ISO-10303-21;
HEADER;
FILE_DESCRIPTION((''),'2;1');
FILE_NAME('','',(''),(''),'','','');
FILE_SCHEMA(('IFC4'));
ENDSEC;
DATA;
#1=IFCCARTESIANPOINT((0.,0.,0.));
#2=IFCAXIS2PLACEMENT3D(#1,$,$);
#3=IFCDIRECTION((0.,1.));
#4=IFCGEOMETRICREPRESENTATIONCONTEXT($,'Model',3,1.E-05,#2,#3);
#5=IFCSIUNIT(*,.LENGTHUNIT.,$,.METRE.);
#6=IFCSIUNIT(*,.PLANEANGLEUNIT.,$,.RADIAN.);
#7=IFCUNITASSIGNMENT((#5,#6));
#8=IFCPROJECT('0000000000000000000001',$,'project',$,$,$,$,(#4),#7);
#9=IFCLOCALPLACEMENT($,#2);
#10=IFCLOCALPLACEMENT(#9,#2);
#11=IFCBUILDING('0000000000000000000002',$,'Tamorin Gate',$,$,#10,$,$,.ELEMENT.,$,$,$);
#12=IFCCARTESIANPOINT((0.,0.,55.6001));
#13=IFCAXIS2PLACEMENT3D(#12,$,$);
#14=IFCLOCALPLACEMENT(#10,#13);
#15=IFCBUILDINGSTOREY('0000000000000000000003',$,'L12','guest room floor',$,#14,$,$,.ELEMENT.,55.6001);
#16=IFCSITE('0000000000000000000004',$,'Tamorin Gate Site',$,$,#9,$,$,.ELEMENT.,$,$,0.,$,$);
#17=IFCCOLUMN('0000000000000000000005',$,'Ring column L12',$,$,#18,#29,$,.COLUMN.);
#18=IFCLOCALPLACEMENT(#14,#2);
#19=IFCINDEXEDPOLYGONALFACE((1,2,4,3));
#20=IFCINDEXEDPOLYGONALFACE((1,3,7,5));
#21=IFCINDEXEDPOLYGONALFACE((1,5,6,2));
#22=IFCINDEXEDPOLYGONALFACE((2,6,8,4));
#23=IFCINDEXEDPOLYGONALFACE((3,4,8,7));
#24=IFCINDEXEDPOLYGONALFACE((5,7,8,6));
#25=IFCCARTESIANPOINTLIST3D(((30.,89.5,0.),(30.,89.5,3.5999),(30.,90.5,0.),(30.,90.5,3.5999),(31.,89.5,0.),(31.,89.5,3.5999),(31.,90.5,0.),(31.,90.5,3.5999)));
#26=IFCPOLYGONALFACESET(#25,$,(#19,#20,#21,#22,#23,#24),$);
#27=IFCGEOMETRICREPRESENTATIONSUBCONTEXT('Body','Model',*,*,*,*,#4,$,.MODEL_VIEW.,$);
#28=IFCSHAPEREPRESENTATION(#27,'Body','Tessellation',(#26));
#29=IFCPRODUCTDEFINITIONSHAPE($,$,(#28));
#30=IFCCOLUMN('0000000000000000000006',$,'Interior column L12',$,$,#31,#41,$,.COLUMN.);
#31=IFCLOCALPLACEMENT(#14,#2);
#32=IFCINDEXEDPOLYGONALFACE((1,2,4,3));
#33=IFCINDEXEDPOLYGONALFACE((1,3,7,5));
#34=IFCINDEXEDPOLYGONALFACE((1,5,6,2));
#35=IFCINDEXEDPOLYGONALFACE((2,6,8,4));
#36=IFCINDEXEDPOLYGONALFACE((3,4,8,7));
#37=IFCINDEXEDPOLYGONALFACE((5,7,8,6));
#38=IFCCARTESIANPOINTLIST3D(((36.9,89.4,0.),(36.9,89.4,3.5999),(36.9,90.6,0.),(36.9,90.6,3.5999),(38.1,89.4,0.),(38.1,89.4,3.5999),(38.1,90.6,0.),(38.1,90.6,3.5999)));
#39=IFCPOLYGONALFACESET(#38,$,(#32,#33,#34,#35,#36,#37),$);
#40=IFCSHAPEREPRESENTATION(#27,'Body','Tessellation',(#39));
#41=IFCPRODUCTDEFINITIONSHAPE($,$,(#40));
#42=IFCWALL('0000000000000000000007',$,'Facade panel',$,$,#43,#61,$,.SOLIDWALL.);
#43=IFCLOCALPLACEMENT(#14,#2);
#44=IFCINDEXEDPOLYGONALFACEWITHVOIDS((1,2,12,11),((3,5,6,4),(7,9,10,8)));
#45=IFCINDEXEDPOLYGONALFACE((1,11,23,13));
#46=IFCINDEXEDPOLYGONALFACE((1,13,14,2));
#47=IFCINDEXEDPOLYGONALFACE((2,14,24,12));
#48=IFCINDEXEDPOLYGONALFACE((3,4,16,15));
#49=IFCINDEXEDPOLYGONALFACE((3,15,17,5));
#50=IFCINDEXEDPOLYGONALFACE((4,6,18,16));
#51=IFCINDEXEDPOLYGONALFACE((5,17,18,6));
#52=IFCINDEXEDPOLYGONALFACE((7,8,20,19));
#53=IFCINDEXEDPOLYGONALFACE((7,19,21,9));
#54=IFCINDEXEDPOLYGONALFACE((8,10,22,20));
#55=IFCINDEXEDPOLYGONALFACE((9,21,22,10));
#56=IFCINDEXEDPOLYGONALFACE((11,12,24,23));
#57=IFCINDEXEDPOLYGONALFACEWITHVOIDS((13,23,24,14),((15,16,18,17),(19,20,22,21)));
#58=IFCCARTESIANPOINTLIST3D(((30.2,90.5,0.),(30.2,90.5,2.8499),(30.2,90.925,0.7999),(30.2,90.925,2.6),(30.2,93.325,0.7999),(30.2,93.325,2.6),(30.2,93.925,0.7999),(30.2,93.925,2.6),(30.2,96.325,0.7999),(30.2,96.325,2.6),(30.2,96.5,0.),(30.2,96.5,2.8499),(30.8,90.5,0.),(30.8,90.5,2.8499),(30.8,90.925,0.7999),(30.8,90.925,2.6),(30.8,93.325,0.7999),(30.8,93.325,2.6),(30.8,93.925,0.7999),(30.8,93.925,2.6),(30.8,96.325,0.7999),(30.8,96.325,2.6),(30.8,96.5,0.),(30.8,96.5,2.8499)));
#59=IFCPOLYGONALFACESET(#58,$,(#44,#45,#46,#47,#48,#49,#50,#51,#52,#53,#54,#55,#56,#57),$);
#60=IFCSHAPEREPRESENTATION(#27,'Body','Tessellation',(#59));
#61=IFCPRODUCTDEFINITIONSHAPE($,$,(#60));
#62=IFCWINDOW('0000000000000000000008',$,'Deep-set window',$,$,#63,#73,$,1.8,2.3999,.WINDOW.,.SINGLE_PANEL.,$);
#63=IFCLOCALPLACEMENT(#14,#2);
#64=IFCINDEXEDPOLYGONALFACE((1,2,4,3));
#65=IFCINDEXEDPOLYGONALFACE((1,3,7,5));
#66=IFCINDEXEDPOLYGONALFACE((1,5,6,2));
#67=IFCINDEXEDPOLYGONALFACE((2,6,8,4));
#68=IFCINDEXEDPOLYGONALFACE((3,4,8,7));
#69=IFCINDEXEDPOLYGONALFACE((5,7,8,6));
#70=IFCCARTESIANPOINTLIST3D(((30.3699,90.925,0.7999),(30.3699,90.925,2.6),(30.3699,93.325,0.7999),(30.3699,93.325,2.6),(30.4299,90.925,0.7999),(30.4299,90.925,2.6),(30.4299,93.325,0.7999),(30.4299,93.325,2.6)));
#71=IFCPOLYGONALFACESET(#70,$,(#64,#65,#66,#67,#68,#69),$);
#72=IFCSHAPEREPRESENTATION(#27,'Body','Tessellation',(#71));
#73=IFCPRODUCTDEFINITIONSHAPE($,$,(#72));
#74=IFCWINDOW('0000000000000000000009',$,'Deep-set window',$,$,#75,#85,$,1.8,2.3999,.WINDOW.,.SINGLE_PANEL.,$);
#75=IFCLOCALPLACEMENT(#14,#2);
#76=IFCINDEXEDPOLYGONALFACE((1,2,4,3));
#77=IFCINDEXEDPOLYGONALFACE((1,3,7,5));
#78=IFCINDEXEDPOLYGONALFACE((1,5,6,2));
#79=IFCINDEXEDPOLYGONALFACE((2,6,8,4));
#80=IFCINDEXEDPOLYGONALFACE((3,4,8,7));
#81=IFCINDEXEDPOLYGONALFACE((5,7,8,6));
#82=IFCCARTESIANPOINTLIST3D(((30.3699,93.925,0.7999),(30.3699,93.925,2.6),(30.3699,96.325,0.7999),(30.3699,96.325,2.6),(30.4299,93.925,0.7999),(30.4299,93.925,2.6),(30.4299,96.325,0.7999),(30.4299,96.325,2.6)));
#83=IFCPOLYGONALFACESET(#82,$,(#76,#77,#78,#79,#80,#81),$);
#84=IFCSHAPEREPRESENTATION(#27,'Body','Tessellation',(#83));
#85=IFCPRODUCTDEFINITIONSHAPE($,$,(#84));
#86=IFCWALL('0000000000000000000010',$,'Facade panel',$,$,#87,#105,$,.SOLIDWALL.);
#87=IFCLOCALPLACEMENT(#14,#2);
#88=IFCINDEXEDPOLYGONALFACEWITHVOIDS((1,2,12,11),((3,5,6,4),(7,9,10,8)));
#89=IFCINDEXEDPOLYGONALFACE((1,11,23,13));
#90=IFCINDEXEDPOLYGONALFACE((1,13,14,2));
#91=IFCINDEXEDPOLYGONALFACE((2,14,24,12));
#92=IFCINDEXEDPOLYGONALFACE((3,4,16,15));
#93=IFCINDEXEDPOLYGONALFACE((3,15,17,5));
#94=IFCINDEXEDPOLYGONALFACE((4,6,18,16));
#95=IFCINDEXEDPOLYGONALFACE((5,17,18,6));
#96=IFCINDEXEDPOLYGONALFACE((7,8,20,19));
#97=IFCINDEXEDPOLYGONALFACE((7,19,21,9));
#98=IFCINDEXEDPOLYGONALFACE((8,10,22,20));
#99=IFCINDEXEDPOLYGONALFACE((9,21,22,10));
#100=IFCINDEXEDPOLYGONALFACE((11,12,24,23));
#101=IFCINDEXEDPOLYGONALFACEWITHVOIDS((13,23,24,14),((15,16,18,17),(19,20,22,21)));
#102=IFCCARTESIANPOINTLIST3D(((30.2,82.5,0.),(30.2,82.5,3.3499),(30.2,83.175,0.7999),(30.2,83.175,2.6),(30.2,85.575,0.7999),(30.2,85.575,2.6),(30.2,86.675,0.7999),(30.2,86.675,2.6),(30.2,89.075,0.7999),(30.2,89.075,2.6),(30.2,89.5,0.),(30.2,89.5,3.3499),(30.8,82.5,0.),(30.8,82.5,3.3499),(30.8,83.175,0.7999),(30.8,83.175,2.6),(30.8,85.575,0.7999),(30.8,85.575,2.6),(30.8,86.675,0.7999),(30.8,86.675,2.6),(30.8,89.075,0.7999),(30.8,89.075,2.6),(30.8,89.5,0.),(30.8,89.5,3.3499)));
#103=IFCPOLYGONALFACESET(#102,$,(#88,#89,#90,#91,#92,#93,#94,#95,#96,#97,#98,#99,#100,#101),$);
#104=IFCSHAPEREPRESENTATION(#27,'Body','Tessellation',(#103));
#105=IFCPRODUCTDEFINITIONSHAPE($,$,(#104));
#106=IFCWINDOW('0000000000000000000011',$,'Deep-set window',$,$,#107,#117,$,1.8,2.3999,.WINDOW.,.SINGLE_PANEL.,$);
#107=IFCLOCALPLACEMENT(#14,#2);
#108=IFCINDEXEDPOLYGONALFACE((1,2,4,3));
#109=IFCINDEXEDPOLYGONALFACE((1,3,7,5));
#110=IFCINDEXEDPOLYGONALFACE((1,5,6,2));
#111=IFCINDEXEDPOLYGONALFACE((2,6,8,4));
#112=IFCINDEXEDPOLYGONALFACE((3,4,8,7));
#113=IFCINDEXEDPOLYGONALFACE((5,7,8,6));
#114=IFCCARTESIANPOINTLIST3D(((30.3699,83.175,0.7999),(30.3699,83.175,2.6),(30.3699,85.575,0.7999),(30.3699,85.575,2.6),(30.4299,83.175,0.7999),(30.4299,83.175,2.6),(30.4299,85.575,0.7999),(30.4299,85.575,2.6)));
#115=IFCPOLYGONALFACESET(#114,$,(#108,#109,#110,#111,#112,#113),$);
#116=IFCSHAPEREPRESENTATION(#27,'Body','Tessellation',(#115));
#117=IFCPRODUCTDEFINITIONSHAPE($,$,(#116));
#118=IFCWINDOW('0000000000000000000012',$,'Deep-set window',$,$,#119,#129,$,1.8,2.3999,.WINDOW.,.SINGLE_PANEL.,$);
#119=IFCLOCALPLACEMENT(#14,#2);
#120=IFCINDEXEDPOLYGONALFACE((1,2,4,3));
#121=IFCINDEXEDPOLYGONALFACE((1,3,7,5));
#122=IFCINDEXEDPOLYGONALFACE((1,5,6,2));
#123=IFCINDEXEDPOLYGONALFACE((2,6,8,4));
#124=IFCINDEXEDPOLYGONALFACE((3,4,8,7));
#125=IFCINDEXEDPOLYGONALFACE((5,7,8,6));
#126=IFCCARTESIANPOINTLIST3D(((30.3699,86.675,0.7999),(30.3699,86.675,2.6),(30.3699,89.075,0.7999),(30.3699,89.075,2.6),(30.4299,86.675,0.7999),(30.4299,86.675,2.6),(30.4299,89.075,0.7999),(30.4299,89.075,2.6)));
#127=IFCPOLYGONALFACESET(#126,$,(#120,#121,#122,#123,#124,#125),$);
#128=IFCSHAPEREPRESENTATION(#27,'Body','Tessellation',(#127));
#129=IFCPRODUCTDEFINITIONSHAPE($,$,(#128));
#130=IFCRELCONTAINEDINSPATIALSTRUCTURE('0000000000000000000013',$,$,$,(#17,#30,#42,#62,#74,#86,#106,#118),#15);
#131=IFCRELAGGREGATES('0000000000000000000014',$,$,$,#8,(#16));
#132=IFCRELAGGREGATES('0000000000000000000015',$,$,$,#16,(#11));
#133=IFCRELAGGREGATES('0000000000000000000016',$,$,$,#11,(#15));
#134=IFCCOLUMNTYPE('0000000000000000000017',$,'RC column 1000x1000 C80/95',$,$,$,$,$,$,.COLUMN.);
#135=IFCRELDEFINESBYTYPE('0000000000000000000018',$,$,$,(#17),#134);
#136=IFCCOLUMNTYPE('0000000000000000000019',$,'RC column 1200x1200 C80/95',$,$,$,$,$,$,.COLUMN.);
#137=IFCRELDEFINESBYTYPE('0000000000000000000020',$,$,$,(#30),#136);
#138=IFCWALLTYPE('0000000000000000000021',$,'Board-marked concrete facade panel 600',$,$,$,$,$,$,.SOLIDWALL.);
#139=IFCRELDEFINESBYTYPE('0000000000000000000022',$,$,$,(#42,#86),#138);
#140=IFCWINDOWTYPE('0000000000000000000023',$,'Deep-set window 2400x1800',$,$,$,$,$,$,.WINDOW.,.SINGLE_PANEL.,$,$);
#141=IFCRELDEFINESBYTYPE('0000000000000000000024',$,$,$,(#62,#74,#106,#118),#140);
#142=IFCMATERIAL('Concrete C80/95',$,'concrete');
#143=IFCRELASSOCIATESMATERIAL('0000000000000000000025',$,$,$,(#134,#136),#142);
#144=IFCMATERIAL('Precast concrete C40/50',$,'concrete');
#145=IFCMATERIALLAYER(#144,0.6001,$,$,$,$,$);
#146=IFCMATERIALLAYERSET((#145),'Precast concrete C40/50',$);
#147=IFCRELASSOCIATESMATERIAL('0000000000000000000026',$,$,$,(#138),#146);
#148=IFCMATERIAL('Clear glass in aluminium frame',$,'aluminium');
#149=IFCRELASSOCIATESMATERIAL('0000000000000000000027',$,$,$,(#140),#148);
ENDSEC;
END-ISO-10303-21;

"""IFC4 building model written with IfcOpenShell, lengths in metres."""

from ifc_helpers import new_model, si_unit, direction, frame, frame_2d, origin, origin_2d, place, context, subcontext, project, spatial, rectangle, extrude, material, layer, layer_set, material_profile, profile_set, type_object, element, fill, save


model = new_model("IFC4")

# Units and contexts
model_context = context("Model", 3, precision=1e-05, world=origin(), true_north=direction((0.0, 1.0)))
body_context = subcontext(model_context, "Body", "Model", "MODEL_VIEW")
ifc_project = project(units=[si_unit("LENGTHUNIT", "METRE"), si_unit("PLANEANGLEUNIT", "RADIAN")], contexts=[model_context])

# Site, building, storey
site_placement = place(None, origin())
site = spatial("IfcSite", under=ifc_project, at=site_placement, Name="Tamorin Gate Site", CompositionType="ELEMENT", RefElevation=0.0)
building_placement = place(site_placement, origin())
building = spatial("IfcBuilding", under=site, at=building_placement, Name="Tamorin Gate", CompositionType="ELEMENT")
storey_placement = place(building_placement, frame((0.0, 0.0, 55.6001)))
storey = spatial("IfcBuildingStorey", under=building, at=storey_placement, Name="L12", Description="guest room floor", CompositionType="ELEMENT", Elevation=55.6001)

# Columns
ifc_material_1 = material(Name="Concrete C80/95", Category="concrete")
ifc_material_profile_1 = material_profile(ifc_material_1, rectangle(XDim=1.0, YDim=1.0, at=origin_2d()), Name="RC 1000x1000")
ifc_profile_set_1 = profile_set([ifc_material_profile_1], Name="Concrete C80/95")
column_type_1 = type_object("IfcColumnType", Name="RC column 1000x1000 C80/95", PredefinedType="COLUMN", material=ifc_profile_set_1)
column_1_placement = place(storey_placement, frame((30.5, 90.0, 0.0), z_axis=(0.0, 0.0, 1.0), x_axis=(1.0, 0.0, 0.0)))
element("IfcColumn", 1, at=column_1_placement, inside=storey, type_object=column_type_1, Name="Ring column L12", PredefinedType="COLUMN", context=body_context, shape_type="SweptSolid", body=[
    extrude(rectangle(XDim=1.0, YDim=1.0, at=origin_2d()), origin(), (0.0, 0.0, 1.0), 3.5999),
])
ifc_material_profile_2 = material_profile(ifc_material_1, rectangle(XDim=1.2, YDim=1.2, at=origin_2d()), Name="RC 1200x1200")
ifc_profile_set_2 = profile_set([ifc_material_profile_2], Name="Concrete C80/95")
column_type_2 = type_object("IfcColumnType", Name="RC column 1200x1200 C80/95", PredefinedType="COLUMN", material=ifc_profile_set_2)
column_2_placement = place(storey_placement, frame((37.5, 90.0, 0.0), z_axis=(0.0, 0.0, 1.0), x_axis=(1.0, 0.0, 0.0)))
element("IfcColumn", 2, at=column_2_placement, inside=storey, type_object=column_type_2, Name="Interior column L12", PredefinedType="COLUMN", context=body_context, shape_type="SweptSolid", body=[
    extrude(rectangle(XDim=1.2, YDim=1.2, at=origin_2d()), origin(), (0.0, 0.0, 1.0), 3.5999),
])

# Walls, openings, windows
ifc_material_2 = material(Name="Precast concrete C40/50", Category="concrete")
ifc_layer_1 = layer(ifc_material_2, 0.6001)
ifc_layer_set_1 = layer_set([ifc_layer_1], Name="Precast concrete C40/50")
wall_type_1 = type_object("IfcWallType", Name="Board-marked concrete facade panel 600", PredefinedType="SOLIDWALL", material=ifc_layer_set_1)
wall_1_placement = place(storey_placement, frame((30.5, 96.5, 0.0), z_axis=(0.0, 0.0, 1.0), x_axis=(0.0, -1.0, 0.0)))
wall_1 = element("IfcWall", 3, at=wall_1_placement, inside=storey, type_object=wall_type_1, Name="Facade panel", PredefinedType="SOLIDWALL", context=body_context, shape_type="SweptSolid", body=[
    extrude(rectangle(XDim=6.0, YDim=0.6001, at=frame_2d((3.0, 0.0))), origin(), (0.0, 0.0, 1.0), 2.8499),
])
opening_1_placement = place(wall_1_placement, frame((3.175, 0.0, 0.8)))
opening_1 = element("IfcOpeningElement", 4, at=opening_1_placement, cuts=wall_1, PredefinedType="OPENING", context=body_context, shape_type="SweptSolid", body=[
    extrude(rectangle(XDim=2.3999, YDim=1.8, at=frame_2d((1.2, 0.8999))), frame((0.0, 0.3101, 0.0), z_axis=(0.0, -1.0, 0.0), x_axis=(1.0, 0.0, 0.0)), (0.0, 0.0, 1.0), 0.6201),
])
opening_2_placement = place(wall_1_placement, frame((0.175, 0.0, 0.8)))
opening_2 = element("IfcOpeningElement", 5, at=opening_2_placement, cuts=wall_1, PredefinedType="OPENING", context=body_context, shape_type="SweptSolid", body=[
    extrude(rectangle(XDim=2.3999, YDim=1.8, at=frame_2d((1.2, 0.8999))), frame((0.0, 0.3101, 0.0), z_axis=(0.0, -1.0, 0.0), x_axis=(1.0, 0.0, 0.0)), (0.0, 0.0, 1.0), 0.6201),
])
ifc_material_3 = material(Name="Clear glass in aluminium frame", Category="aluminium")
window_type = type_object("IfcWindowType", Name="Deep-set window 2400x1800", PartitioningType="SINGLE_PANEL", PredefinedType="WINDOW", material=ifc_material_3)
window_1_placement = place(opening_1_placement, origin())
window_1 = element("IfcWindow", 6, at=window_1_placement, inside=storey, type_object=window_type, Name="Deep-set window", OverallHeight=1.8, OverallWidth=2.3999, PartitioningType="SINGLE_PANEL", PredefinedType="WINDOW", context=body_context, shape_type="SweptSolid", body=[
    extrude(rectangle(XDim=2.3999, YDim=1.8, at=frame_2d((1.2, 0.8999))), frame((0.0, -0.0701, 0.0), z_axis=(0.0, -1.0, 0.0), x_axis=(1.0, 0.0, 0.0)), (0.0, 0.0, 1.0), 0.0601),
])
fill(opening_1, window_1)
window_2_placement = place(opening_2_placement, origin())
window_2 = element("IfcWindow", 7, at=window_2_placement, inside=storey, type_object=window_type, Name="Deep-set window", OverallHeight=1.8, OverallWidth=2.3999, PartitioningType="SINGLE_PANEL", PredefinedType="WINDOW", context=body_context, shape_type="SweptSolid", body=[
    extrude(rectangle(XDim=2.3999, YDim=1.8, at=frame_2d((1.2, 0.8999))), frame((0.0, -0.0701, 0.0), z_axis=(0.0, -1.0, 0.0), x_axis=(1.0, 0.0, 0.0)), (0.0, 0.0, 1.0), 0.0601),
])
fill(opening_2, window_2)
wall_2_placement = place(storey_placement, frame((30.5, 89.5, 0.0), z_axis=(0.0, 0.0, 1.0), x_axis=(0.0, -1.0, 0.0)))
wall_2 = element("IfcWall", 8, at=wall_2_placement, inside=storey, type_object=wall_type_1, Name="Facade panel", PredefinedType="SOLIDWALL", context=body_context, shape_type="SweptSolid", body=[
    extrude(rectangle(XDim=7.0, YDim=0.6001, at=frame_2d((3.5, 0.0))), origin(), (0.0, 0.0, 1.0), 3.3499),
])
opening_3_placement = place(wall_2_placement, frame((3.925, 0.0, 0.8)))
opening_3 = element("IfcOpeningElement", 9, at=opening_3_placement, cuts=wall_2, PredefinedType="OPENING", context=body_context, shape_type="SweptSolid", body=[
    extrude(rectangle(XDim=2.3999, YDim=1.8, at=frame_2d((1.2, 0.8999))), frame((0.0, 0.3101, 0.0), z_axis=(0.0, -1.0, 0.0), x_axis=(1.0, 0.0, 0.0)), (0.0, 0.0, 1.0), 0.6201),
])
opening_4_placement = place(wall_2_placement, frame((0.425, 0.0, 0.8)))
opening_4 = element("IfcOpeningElement", 10, at=opening_4_placement, cuts=wall_2, PredefinedType="OPENING", context=body_context, shape_type="SweptSolid", body=[
    extrude(rectangle(XDim=2.3999, YDim=1.8, at=frame_2d((1.2, 0.8999))), frame((0.0, 0.3101, 0.0), z_axis=(0.0, -1.0, 0.0), x_axis=(1.0, 0.0, 0.0)), (0.0, 0.0, 1.0), 0.6201),
])
window_3_placement = place(opening_3_placement, origin())
window_3 = element("IfcWindow", 11, at=window_3_placement, inside=storey, type_object=window_type, Name="Deep-set window", OverallHeight=1.8, OverallWidth=2.3999, PartitioningType="SINGLE_PANEL", PredefinedType="WINDOW", context=body_context, shape_type="SweptSolid", body=[
    extrude(rectangle(XDim=2.3999, YDim=1.8, at=frame_2d((1.2, 0.8999))), frame((0.0, -0.0701, 0.0), z_axis=(0.0, -1.0, 0.0), x_axis=(1.0, 0.0, 0.0)), (0.0, 0.0, 1.0), 0.0601),
])
fill(opening_3, window_3)
window_4_placement = place(opening_4_placement, origin())
window_4 = element("IfcWindow", 12, at=window_4_placement, inside=storey, type_object=window_type, Name="Deep-set window", OverallHeight=1.8, OverallWidth=2.3999, PartitioningType="SINGLE_PANEL", PredefinedType="WINDOW", context=body_context, shape_type="SweptSolid", body=[
    extrude(rectangle(XDim=2.3999, YDim=1.8, at=frame_2d((1.2, 0.8999))), frame((0.0, -0.0701, 0.0), z_axis=(0.0, -1.0, 0.0), x_axis=(1.0, 0.0, 0.0)), (0.0, 0.0, 1.0), 0.0601),
])
fill(opening_4, window_4)

save(model, "model.ifc")
